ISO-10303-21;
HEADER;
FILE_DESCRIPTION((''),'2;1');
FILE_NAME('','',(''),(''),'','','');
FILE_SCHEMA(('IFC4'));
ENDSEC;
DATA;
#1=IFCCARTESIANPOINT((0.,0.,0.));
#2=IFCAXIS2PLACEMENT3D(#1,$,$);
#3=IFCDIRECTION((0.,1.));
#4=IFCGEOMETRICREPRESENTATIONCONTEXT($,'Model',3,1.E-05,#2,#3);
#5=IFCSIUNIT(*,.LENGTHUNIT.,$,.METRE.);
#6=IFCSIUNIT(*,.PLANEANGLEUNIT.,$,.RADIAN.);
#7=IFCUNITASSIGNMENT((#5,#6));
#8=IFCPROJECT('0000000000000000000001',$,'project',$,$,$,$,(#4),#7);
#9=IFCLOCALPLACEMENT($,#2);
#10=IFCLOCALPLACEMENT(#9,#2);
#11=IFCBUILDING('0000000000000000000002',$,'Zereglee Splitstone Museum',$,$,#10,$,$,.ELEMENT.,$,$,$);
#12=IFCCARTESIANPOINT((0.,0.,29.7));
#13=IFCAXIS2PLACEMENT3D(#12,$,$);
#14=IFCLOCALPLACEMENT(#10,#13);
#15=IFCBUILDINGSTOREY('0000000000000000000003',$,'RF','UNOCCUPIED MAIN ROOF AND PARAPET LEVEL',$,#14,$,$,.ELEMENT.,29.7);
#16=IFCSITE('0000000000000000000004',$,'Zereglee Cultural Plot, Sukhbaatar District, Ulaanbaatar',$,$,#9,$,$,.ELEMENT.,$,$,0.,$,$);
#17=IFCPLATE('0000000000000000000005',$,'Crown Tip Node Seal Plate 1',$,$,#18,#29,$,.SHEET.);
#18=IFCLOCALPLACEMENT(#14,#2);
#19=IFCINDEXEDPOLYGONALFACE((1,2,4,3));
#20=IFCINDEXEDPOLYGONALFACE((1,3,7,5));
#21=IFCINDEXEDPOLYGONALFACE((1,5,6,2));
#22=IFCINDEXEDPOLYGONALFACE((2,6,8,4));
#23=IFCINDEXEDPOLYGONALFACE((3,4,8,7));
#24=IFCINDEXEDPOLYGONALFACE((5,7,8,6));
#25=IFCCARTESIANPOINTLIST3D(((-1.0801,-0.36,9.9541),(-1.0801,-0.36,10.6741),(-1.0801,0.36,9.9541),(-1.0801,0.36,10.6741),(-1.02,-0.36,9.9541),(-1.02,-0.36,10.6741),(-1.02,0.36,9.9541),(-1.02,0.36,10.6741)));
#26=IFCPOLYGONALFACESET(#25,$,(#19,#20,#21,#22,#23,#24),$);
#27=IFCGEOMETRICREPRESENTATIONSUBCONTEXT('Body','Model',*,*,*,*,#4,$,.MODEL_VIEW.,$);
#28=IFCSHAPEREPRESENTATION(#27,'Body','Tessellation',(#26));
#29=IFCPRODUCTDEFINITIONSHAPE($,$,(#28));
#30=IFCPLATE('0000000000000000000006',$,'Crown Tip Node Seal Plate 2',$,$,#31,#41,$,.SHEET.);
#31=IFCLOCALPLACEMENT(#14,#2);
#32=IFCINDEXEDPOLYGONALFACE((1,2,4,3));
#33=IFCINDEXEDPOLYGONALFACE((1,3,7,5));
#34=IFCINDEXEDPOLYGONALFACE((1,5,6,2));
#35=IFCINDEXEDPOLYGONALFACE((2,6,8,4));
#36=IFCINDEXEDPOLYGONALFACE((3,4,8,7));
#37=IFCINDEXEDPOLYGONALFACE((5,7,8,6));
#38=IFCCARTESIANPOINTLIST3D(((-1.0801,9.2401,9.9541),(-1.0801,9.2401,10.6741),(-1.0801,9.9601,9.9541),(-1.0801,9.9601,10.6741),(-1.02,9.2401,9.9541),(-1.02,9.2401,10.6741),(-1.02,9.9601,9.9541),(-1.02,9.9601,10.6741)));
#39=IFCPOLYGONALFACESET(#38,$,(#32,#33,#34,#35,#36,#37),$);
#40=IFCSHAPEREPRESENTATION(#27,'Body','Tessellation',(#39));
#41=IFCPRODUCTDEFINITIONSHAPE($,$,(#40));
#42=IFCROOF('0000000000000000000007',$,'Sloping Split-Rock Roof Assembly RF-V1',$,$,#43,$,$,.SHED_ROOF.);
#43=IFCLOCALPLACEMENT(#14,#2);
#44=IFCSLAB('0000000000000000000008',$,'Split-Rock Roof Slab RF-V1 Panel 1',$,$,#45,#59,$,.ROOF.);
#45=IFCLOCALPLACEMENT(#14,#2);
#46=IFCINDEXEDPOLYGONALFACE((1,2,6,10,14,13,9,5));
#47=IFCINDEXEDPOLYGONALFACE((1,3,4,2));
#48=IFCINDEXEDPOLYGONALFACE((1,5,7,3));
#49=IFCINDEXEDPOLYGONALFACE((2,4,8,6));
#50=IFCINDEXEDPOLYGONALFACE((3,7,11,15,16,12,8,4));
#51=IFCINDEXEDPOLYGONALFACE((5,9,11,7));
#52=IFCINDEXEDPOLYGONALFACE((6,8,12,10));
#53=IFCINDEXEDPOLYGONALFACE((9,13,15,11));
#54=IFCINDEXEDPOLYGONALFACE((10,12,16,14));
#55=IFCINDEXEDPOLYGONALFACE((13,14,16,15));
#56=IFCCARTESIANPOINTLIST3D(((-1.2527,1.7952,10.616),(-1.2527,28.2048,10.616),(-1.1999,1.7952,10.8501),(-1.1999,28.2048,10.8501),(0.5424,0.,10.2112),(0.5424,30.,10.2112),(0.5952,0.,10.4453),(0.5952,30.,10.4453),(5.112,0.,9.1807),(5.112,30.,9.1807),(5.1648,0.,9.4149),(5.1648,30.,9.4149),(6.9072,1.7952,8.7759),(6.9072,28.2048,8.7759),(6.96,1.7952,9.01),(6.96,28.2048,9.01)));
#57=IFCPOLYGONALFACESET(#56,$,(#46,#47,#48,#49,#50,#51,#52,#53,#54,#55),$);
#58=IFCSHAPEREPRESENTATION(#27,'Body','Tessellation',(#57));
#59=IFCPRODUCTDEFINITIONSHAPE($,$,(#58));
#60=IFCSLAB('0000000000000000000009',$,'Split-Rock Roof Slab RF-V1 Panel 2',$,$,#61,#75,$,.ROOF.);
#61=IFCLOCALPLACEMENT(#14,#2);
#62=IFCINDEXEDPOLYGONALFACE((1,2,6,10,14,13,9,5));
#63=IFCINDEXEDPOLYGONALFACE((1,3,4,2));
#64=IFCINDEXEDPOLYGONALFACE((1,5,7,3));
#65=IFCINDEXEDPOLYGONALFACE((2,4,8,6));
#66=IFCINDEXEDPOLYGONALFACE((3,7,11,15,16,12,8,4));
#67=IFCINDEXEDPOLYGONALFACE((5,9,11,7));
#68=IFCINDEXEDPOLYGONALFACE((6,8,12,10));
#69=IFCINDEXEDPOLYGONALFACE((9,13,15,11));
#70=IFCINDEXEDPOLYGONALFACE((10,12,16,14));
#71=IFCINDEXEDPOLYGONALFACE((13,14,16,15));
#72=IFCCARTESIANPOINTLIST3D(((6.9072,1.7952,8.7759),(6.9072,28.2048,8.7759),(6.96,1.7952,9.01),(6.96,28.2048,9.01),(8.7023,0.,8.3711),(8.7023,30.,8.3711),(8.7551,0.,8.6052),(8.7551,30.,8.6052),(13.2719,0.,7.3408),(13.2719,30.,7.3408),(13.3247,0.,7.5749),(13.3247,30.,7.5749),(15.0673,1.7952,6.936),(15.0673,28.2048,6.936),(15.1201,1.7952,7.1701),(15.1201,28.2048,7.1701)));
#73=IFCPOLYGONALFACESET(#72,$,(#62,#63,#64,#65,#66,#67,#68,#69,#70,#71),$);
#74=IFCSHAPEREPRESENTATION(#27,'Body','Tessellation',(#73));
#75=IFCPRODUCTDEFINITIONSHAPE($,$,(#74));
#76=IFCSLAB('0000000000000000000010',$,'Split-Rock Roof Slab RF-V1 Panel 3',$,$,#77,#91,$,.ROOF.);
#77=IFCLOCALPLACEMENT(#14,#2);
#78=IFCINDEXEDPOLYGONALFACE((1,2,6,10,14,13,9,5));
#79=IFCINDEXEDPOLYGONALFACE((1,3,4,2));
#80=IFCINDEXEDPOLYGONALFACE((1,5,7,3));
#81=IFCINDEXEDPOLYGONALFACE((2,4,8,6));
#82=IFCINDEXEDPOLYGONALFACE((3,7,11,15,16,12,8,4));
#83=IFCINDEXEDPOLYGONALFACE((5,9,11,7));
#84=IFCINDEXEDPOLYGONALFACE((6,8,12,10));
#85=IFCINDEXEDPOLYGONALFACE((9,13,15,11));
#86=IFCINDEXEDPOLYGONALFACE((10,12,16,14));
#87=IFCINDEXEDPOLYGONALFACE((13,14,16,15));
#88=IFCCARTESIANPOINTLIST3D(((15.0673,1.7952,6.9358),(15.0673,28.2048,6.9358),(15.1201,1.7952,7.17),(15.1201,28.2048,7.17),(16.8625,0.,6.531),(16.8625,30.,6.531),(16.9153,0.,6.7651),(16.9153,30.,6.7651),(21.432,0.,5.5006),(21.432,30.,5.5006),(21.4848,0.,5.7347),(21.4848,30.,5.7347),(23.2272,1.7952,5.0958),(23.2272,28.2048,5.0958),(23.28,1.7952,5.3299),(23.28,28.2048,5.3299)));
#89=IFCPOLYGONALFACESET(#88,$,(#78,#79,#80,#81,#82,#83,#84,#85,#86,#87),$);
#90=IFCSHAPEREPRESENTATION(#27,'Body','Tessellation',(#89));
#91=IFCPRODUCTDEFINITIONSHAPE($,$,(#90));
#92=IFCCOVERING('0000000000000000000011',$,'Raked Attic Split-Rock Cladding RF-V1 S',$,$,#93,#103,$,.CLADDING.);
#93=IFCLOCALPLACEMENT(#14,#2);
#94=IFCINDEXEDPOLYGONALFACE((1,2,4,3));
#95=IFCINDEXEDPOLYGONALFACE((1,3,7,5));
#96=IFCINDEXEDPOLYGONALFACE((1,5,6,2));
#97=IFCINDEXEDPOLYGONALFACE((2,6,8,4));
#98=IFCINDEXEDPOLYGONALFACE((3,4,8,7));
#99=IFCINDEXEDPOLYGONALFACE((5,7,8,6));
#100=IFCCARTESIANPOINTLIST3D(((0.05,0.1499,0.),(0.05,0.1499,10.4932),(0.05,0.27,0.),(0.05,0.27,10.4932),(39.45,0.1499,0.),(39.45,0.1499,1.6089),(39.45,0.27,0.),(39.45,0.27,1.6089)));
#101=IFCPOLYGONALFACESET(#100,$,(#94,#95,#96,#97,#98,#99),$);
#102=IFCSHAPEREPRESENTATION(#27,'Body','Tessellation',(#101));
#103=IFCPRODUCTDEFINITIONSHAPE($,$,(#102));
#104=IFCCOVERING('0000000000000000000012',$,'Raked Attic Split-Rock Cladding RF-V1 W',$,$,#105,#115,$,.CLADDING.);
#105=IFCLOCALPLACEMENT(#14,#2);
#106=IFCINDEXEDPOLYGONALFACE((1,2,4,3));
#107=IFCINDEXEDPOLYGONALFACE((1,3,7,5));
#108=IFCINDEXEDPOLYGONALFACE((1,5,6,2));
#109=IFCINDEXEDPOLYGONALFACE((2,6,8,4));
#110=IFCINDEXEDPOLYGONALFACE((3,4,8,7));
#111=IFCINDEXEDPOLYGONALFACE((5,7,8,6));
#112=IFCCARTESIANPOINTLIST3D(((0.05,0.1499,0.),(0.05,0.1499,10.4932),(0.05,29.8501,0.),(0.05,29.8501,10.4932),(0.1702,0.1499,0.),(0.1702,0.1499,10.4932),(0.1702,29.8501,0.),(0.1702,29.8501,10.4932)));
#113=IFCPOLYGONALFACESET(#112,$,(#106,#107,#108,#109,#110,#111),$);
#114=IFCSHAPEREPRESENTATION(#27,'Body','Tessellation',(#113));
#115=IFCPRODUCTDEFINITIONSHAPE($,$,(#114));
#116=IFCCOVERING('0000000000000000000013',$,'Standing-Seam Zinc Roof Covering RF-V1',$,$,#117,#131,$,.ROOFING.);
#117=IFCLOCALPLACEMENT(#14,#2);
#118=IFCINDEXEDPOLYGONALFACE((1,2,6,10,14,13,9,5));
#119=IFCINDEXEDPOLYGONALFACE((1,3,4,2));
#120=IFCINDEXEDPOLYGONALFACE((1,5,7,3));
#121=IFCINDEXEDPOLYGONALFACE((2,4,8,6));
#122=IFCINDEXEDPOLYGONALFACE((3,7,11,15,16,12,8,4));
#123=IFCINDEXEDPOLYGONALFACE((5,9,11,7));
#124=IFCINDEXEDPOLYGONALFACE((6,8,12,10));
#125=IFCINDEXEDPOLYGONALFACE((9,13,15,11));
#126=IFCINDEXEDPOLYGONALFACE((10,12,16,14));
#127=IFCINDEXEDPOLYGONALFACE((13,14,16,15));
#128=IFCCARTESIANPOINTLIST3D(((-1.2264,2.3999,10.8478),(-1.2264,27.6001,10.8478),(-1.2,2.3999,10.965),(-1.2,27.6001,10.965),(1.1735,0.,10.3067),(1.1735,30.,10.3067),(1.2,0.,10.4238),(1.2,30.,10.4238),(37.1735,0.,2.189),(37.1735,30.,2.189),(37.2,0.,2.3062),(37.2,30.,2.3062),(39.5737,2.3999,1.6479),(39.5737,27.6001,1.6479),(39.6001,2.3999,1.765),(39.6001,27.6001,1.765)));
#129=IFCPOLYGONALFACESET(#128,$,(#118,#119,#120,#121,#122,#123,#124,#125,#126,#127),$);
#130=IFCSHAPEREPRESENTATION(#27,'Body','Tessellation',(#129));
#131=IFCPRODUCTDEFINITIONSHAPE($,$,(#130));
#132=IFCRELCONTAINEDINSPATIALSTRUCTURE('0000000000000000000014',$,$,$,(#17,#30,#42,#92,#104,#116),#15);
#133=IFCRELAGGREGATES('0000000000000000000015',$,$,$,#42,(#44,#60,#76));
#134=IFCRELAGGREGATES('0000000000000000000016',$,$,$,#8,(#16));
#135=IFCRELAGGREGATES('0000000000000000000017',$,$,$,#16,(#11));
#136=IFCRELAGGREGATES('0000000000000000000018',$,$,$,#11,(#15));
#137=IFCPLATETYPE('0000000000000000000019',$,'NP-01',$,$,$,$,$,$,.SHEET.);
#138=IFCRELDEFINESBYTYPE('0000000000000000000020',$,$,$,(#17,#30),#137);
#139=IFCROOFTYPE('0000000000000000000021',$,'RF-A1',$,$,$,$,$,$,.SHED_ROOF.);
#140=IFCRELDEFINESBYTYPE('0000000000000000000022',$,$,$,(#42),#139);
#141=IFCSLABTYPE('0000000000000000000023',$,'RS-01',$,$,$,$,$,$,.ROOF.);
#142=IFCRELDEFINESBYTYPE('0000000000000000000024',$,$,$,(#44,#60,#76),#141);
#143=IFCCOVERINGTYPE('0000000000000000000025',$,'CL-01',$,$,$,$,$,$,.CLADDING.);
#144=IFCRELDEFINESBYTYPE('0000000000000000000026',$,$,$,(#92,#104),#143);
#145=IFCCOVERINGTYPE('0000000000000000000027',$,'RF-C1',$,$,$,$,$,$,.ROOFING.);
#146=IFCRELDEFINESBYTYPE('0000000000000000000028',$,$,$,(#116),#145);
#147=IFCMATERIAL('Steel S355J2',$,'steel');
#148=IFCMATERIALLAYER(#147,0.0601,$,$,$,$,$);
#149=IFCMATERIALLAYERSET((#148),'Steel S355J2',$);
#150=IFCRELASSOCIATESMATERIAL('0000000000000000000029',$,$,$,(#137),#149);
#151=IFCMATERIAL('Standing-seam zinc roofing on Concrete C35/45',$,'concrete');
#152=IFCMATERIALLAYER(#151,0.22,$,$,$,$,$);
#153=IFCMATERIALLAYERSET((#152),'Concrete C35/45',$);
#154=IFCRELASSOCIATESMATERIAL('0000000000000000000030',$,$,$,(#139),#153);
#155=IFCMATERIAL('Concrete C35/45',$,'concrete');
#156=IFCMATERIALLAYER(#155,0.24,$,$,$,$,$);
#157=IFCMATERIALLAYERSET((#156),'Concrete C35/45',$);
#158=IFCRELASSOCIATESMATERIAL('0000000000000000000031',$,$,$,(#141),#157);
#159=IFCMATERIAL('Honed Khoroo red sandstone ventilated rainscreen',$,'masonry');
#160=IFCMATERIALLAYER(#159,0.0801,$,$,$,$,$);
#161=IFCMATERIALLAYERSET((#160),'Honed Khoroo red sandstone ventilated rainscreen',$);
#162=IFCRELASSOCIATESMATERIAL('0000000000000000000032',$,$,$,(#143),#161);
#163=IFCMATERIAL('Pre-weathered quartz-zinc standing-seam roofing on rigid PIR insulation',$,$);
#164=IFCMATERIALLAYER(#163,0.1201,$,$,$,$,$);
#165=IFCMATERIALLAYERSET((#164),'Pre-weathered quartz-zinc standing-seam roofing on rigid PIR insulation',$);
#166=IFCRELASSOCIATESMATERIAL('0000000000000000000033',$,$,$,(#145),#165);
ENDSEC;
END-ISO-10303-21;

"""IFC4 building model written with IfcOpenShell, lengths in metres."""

from ifc_helpers import new_model, si_unit, direction, frame, origin, origin_2d, place, context, subcontext, project, spatial, polyline, rectangle, outline, extrude, material, layer, layer_set, type_object, element, aggregate, save


model = new_model("IFC4")

# Units and contexts
model_context = context("Model", 3, precision=1e-05, world=origin(), true_north=direction((0.0, 1.0)))
body_context = subcontext(model_context, "Body", "Model", "MODEL_VIEW")
ifc_project = project(units=[si_unit("LENGTHUNIT", "METRE"), si_unit("PLANEANGLEUNIT", "RADIAN")], contexts=[model_context])

# Site, building, storey
site_placement = place(None, origin())
site = spatial("IfcSite", under=ifc_project, at=site_placement, Name="Zereglee Cultural Plot, Sukhbaatar District, Ulaanbaatar", CompositionType="ELEMENT", RefElevation=0.0)
building_placement = place(site_placement, origin())
building = spatial("IfcBuilding", under=site, at=building_placement, Name="Zereglee Splitstone Museum", CompositionType="ELEMENT")
storey_placement = place(building_placement, frame((0.0, 0.0, 29.7)))
storey = spatial("IfcBuildingStorey", under=building, at=storey_placement, Name="RF", Description="UNOCCUPIED MAIN ROOF AND PARAPET LEVEL", CompositionType="ELEMENT", Elevation=29.7)

# Shared definitions
ifc_material_1 = material(Name="Steel S355J2", Category="steel")

# Plates
ifc_layer_1 = layer(ifc_material_1, 0.0601)
ifc_layer_set_1 = layer_set([ifc_layer_1], Name="Steel S355J2")
plate_type = type_object("IfcPlateType", Name="NP-01", PredefinedType="SHEET", material=ifc_layer_set_1)
for number, where, z_axis, x_axis, name in (
    (1, (-1.05, 0.0, 9.9541), (0.0, 0.0, 1.0), (1.0, 0.0, 0.0), "Crown Tip Node Seal Plate 1"),
    (2, (-1.05, 9.6001, 9.9541), (0.0, 0.0, 1.0), (1.0, 0.0, 0.0), "Crown Tip Node Seal Plate 2"),
):
    element("IfcPlate", number, at=place(storey_placement, frame(where, z_axis=z_axis, x_axis=x_axis)), inside=storey, type_object=plate_type, Name=name, PredefinedType="SHEET", context=body_context, shape_type="SweptSolid", body=[
        extrude(rectangle(XDim=0.0601, YDim=0.72, at=origin_2d()), origin(), (0.0, 0.0, 1.0), 0.72),
    ])

# Roof, slabs
ifc_material_2 = material(Name="Standing-seam zinc roofing on Concrete C35/45", Category="concrete")
ifc_layer_2 = layer(ifc_material_2, 0.22)
ifc_layer_set_2 = layer_set([ifc_layer_2], Name="Concrete C35/45")
roof_type = type_object("IfcRoofType", Name="RF-A1", PredefinedType="SHED_ROOF", material=ifc_layer_set_2)
roof_placement = place(storey_placement, origin())
roof = element("IfcRoof", 3, at=roof_placement, inside=storey, type_object=roof_type, Name="Sloping Split-Rock Roof Assembly RF-V1", PredefinedType="SHED_ROOF")
ifc_material_3 = material(Name="Concrete C35/45", Category="concrete")
ifc_layer_3 = layer(ifc_material_3, 0.24)
ifc_layer_set_3 = layer_set([ifc_layer_3], Name="Concrete C35/45")
slab_type = type_object("IfcSlabType", Name="RS-01", PredefinedType="ROOF", material=ifc_layer_set_3)
slab_1_placement = place(storey_placement, frame((0.5952, 0.0, 10.4453), z_axis=(0.21998, 0.0, 0.975504), x_axis=(0.975504, 0.0, -0.21998)))
slab_1 = element("IfcSlab", 4, at=slab_1_placement, type_object=slab_type, Name="Split-Rock Roof Slab RF-V1 Panel 1", PredefinedType="ROOF", context=body_context, shape_type="SweptSolid", body=[
    extrude(outline(polyline([(0.0, 0.0), (4.6843, 0.0), (6.5246, 1.7952), (6.5246, 28.2048), (4.6843, 30.0), (0.0, 30.0), (-1.8402, 28.2048), (-1.8402, 1.7952), (0.0, 0.0)])), origin(), (0.0, 0.0, -1.0), 0.24),
])
slab_2_placement = place(storey_placement, frame((8.7551, 0.0, 8.6052), z_axis=(0.219945, 0.0, 0.975512), x_axis=(0.975512, 0.0, -0.219945)))
slab_2 = element("IfcSlab", 5, at=slab_2_placement, type_object=slab_type, Name="Split-Rock Roof Slab RF-V1 Panel 2", PredefinedType="ROOF", context=body_context, shape_type="SweptSolid", body=[
    extrude(outline(polyline([(0.0, 0.0), (4.6843, 0.0), (6.5248, 1.7952), (6.5248, 28.2048), (4.6843, 30.0), (0.0, 30.0), (-1.8402, 28.2048), (-1.8402, 1.7952), (0.0, 0.0)])), origin(), (0.0, 0.0, -1.0), 0.24),
])
slab_3_placement = place(storey_placement, frame((16.9153, 0.0, 6.7651), z_axis=(0.219978, 0.0, 0.975505), x_axis=(0.975505, 0.0, -0.219978)))
slab_3 = element("IfcSlab", 6, at=slab_3_placement, type_object=slab_type, Name="Split-Rock Roof Slab RF-V1 Panel 3", PredefinedType="ROOF", context=body_context, shape_type="SweptSolid", body=[
    extrude(outline(polyline([(0.0, 0.0), (4.6843, 0.0), (6.5245, 1.7952), (6.5245, 28.2048), (4.6843, 30.0), (0.0, 30.0), (-1.8403, 28.2048), (-1.8403, 1.7952), (0.0, 0.0)])), origin(), (0.0, 0.0, -1.0), 0.24),
])
aggregate(roof, [slab_1, slab_2, slab_3])

# Coverings
ifc_material_4 = material(Name="Honed Khoroo red sandstone ventilated rainscreen", Category="masonry")
ifc_layer_4 = layer(ifc_material_4, 0.0801)
ifc_layer_set_4 = layer_set([ifc_layer_4], Name="Honed Khoroo red sandstone ventilated rainscreen")
covering_type_1 = type_object("IfcCoveringType", Name="CL-01", PredefinedType="CLADDING", material=ifc_layer_set_4)
covering_1_placement = place(storey_placement, frame((0.05, 0.1499, 0.0), z_axis=(0.0, -1.0, 0.0), x_axis=(1.0, 0.0, 0.0)))
element("IfcCovering", 7, at=covering_1_placement, inside=storey, type_object=covering_type_1, Name="Raked Attic Split-Rock Cladding RF-V1 S", PredefinedType="CLADDING", context=body_context, shape_type="SweptSolid", body=[
    extrude(outline(polyline([(0.0, 0.0), (39.3999, 0.0), (39.3999, 1.6089), (0.0, 10.4932), (0.0, 0.0)])), origin(), (0.0, 0.0, -1.0), 0.1201),
])
covering_2_placement = place(storey_placement, frame((0.05, 0.1499, 10.4932), z_axis=(-1.0, 0.0, 0.0), x_axis=(0.0, 1.0, 0.0)))
element("IfcCovering", 8, at=covering_2_placement, inside=storey, type_object=covering_type_1, Name="Raked Attic Split-Rock Cladding RF-V1 W", PredefinedType="CLADDING", context=body_context, shape_type="SweptSolid", body=[
    extrude(outline(polyline([(0.0, 0.0), (29.7002, 0.0), (29.7002, 10.4932), (0.0, 10.4932), (0.0, 0.0)])), origin(), (0.0, 0.0, -1.0), 0.1201),
])
ifc_material_5 = material(Name="Pre-weathered quartz-zinc standing-seam roofing on rigid PIR insulation")
ifc_layer_5 = layer(ifc_material_5, 0.1201)
ifc_layer_set_5 = layer_set([ifc_layer_5], Name="Pre-weathered quartz-zinc standing-seam roofing on rigid PIR insulation")
covering_type_2 = type_object("IfcCoveringType", Name="RF-C1", PredefinedType="ROOFING", material=ifc_layer_set_5)
covering_3_placement = place(storey_placement, frame((1.2, 0.0, 10.4238), z_axis=(0.219966, 0.0, 0.975508), x_axis=(0.975508, 0.0, -0.219966)))
element("IfcCovering", 9, at=covering_3_placement, inside=storey, type_object=covering_type_2, Name="Standing-Seam Zinc Roof Covering RF-V1", PredefinedType="ROOFING", context=body_context, shape_type="SweptSolid", body=[
    extrude(outline(polyline([(0.0, 0.0), (36.9039, 0.0), (39.3643, 2.3999), (39.3643, 27.6001), (36.9039, 30.0), (0.0, 30.0), (-2.4602, 27.6001), (-2.4602, 2.3999), (0.0, 0.0)])), origin(), (0.0, 0.0, -1.0), 0.1201),
])

save(model, "model.ifc")
